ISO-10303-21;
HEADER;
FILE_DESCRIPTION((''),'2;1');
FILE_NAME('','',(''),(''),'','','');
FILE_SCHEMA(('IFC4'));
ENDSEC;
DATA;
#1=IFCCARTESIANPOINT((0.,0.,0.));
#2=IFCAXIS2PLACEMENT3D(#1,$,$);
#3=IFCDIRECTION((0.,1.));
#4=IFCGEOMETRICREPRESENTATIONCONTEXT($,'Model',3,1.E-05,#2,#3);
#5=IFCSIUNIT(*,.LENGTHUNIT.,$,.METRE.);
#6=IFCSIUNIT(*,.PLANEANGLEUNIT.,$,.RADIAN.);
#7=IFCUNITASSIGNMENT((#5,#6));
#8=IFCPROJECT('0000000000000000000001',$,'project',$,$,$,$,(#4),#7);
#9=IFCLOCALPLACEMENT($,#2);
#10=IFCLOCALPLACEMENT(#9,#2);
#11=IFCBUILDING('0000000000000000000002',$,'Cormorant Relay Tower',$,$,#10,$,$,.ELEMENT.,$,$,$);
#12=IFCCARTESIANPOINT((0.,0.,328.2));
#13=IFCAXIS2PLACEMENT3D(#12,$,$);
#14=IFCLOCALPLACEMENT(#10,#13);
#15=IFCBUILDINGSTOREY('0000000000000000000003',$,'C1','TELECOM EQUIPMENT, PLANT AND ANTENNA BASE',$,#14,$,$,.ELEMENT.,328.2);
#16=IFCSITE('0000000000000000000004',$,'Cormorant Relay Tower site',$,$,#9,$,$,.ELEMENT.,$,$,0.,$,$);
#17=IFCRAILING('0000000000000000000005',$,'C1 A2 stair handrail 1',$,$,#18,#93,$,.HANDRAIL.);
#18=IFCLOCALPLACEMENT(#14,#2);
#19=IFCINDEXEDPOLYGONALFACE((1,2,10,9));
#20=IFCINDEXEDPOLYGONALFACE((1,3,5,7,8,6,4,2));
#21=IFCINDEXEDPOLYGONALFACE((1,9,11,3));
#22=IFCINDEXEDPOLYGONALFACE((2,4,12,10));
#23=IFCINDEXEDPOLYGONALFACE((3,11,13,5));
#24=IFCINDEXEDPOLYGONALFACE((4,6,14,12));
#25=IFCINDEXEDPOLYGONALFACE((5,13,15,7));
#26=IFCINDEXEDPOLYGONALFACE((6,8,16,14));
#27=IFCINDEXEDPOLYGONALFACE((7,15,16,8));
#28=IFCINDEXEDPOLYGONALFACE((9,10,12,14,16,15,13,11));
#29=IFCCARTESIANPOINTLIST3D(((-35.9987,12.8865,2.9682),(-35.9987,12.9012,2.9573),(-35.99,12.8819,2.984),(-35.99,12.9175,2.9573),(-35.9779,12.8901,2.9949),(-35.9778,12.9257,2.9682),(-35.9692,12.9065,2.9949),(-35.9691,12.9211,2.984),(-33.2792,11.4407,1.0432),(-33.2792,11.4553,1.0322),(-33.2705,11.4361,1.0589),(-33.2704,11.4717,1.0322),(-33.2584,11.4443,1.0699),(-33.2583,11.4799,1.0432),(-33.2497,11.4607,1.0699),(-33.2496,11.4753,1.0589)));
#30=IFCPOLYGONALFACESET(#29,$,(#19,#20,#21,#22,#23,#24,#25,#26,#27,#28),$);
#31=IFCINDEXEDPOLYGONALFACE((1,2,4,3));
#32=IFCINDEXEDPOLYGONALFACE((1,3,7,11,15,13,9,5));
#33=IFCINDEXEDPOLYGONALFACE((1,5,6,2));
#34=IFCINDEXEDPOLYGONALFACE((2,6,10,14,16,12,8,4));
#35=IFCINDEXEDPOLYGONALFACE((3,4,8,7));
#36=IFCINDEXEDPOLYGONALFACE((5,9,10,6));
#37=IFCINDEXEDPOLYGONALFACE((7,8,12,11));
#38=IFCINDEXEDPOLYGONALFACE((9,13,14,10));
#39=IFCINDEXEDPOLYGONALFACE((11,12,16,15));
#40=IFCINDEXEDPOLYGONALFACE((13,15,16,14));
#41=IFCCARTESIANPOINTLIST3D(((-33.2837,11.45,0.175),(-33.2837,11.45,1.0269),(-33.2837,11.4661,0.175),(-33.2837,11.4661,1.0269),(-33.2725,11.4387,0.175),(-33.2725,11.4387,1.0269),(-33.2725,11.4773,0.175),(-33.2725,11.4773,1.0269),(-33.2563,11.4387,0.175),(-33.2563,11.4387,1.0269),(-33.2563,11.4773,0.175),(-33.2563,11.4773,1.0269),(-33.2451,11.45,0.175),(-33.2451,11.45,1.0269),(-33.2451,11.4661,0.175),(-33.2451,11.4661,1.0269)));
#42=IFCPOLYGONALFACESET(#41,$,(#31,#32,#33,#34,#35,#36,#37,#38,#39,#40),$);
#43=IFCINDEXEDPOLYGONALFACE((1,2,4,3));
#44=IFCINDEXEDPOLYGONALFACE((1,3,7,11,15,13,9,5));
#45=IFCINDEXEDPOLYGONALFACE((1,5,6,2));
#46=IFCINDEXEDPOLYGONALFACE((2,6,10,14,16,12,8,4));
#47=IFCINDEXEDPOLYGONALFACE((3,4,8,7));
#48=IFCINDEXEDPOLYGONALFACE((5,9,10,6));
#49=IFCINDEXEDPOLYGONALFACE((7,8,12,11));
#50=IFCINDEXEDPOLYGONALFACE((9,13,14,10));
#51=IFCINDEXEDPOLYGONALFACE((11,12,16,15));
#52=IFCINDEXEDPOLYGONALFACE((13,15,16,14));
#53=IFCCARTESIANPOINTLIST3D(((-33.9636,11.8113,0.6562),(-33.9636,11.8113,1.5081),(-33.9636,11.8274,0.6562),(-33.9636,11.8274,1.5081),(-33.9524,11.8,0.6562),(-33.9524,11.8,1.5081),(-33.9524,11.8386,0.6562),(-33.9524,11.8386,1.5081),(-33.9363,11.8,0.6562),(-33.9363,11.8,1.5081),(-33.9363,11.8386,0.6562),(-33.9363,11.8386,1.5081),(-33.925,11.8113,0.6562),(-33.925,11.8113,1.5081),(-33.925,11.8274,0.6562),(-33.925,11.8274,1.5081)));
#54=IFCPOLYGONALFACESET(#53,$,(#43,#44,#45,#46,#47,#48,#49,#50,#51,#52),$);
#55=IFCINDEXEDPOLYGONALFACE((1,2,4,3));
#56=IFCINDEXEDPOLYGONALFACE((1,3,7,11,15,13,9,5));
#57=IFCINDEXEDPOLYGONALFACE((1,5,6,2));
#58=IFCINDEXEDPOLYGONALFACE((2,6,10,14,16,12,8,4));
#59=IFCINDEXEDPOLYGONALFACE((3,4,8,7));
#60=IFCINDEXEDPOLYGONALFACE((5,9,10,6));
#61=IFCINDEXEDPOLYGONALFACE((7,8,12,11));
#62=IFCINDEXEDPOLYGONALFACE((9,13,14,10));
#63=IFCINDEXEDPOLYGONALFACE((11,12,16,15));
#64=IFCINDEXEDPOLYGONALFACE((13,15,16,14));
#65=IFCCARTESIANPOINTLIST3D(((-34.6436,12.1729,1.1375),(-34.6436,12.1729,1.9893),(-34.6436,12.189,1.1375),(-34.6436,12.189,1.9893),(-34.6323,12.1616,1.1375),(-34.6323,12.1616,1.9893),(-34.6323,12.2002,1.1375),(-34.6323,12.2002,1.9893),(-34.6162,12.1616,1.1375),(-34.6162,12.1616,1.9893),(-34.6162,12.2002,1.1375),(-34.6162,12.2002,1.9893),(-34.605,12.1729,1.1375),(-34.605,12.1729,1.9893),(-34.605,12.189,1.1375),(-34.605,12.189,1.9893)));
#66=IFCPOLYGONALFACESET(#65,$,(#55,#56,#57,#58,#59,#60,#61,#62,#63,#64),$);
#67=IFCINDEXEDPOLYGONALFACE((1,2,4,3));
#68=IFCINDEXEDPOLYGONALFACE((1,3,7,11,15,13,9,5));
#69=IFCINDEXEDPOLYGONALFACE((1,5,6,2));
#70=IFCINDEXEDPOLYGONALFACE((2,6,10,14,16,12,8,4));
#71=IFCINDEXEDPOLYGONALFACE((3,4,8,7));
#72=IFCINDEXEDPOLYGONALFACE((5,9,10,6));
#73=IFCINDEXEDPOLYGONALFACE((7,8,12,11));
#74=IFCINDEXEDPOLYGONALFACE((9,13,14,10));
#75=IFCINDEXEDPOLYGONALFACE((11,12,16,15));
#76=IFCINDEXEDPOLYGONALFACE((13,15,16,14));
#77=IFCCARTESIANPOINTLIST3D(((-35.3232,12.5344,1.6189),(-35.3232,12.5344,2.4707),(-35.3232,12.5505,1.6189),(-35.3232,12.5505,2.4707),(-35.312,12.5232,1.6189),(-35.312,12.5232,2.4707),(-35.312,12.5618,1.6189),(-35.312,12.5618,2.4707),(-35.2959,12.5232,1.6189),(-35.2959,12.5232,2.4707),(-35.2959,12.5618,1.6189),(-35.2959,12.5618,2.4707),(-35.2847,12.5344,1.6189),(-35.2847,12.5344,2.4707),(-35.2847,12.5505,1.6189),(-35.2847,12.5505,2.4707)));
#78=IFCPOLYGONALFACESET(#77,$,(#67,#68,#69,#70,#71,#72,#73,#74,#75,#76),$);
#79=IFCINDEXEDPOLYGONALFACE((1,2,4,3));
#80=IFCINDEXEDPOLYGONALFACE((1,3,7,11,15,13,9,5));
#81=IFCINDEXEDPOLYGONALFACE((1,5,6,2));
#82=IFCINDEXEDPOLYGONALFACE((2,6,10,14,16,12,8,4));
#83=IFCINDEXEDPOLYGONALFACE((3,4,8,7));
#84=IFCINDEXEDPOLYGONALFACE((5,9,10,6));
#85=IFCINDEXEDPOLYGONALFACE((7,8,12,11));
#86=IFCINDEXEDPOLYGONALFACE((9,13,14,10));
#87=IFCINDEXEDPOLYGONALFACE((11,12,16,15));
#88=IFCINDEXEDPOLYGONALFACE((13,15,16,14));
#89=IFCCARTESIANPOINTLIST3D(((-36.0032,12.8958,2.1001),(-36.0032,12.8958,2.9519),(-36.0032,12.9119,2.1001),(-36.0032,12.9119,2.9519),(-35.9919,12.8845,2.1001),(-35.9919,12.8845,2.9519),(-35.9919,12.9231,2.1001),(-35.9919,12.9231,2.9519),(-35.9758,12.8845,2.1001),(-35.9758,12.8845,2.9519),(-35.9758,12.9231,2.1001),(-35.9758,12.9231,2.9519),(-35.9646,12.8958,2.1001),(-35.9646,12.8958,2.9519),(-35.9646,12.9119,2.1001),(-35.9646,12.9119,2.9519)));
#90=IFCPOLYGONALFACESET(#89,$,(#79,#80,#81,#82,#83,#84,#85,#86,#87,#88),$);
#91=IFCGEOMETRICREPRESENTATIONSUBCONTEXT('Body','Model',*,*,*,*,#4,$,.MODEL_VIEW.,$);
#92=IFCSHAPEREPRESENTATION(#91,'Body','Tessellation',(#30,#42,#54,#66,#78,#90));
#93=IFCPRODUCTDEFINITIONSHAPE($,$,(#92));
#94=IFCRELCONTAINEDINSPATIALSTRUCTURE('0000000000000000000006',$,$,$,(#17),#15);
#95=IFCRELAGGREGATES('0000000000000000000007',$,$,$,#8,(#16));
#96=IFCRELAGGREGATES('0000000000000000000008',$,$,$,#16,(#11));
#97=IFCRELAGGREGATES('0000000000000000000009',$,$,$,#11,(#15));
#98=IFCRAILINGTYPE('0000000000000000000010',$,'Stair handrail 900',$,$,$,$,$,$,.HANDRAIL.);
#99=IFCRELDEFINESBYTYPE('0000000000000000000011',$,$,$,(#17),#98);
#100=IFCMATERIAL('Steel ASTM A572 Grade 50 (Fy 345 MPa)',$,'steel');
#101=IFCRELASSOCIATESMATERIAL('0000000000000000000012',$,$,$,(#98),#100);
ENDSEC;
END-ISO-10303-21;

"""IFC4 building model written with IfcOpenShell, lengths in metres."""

from ifc_helpers import new_model, si_unit, direction, frame, origin, place, context, subcontext, project, spatial, polyline, outline, extrude, material, type_object, element, save


model = new_model("IFC4")

# Units and contexts
model_context = context("Model", 3, precision=1e-05, world=origin(), true_north=direction((0.0, 1.0)))
body_context = subcontext(model_context, "Body", "Model", "MODEL_VIEW")
ifc_project = project(units=[si_unit("LENGTHUNIT", "METRE"), si_unit("PLANEANGLEUNIT", "RADIAN")], contexts=[model_context])

# Site, building, storey
site_placement = place(None, origin())
site = spatial("IfcSite", under=ifc_project, at=site_placement, Name="Cormorant Relay Tower site", CompositionType="ELEMENT", RefElevation=0.0)
building_placement = place(site_placement, origin())
building = spatial("IfcBuilding", under=site, at=building_placement, Name="Cormorant Relay Tower", CompositionType="ELEMENT")
storey_placement = place(building_placement, frame((0.0, 0.0, 328.2)))
storey = spatial("IfcBuildingStorey", under=building, at=storey_placement, Name="C1", Description="TELECOM EQUIPMENT, PLANT AND ANTENNA BASE", CompositionType="ELEMENT", Elevation=328.2)

# Railing
ifc_material_1 = material(Name="Steel ASTM A572 Grade 50 (Fy 345 MPa)", Category="steel")
railing_type_1 = type_object("IfcRailingType", Name="Stair handrail 900", PredefinedType="HANDRAIL", material=ifc_material_1)
railing_1_placement = place(storey_placement, frame((-33.2644, 11.458, 0.175)))
element("IfcRailing", 1, at=railing_1_placement, inside=storey, type_object=railing_type_1, Name="C1 A2 stair handrail 1", PredefinedType="HANDRAIL", context=body_context, shape_type="SweptSolid", body=[
    extrude(outline(polyline([(0.0222, 0.0093), (0.0093, 0.0222), (-0.0093, 0.0222), (-0.0222, 0.0093), (-0.0222, -0.0093), (-0.0093, -0.0222), (0.0093, -0.0222), (0.0222, -0.0093), (0.0222, 0.0093)])), frame((0.0, 0.0, 0.876), z_axis=(-0.748747, 0.398068, 0.530018), x_axis=(-0.469428, -0.882971, 0.0)), (0.0, 0.0, 1.0), 3.6321),
    extrude(outline(polyline([(0.0193, 0.0081), (0.0081, 0.0193), (-0.0081, 0.0193), (-0.0193, 0.0081), (-0.0193, -0.0081), (-0.0081, -0.0193), (0.0081, -0.0193), (0.0193, -0.0081), (0.0193, 0.0081)])), origin(), (0.0, 0.0, 1.0), 0.8518),
    extrude(outline(polyline([(0.0193, 0.0081), (0.0081, 0.0193), (-0.0081, 0.0193), (-0.0193, 0.0081), (-0.0193, -0.0081), (-0.0081, -0.0193), (0.0081, -0.0193), (0.0193, -0.0081), (0.0193, 0.0081)])), frame((-0.6799, 0.3613, 0.4812)), (0.0, 0.0, 1.0), 0.8518),
    extrude(outline(polyline([(0.0193, 0.0081), (0.0081, 0.0193), (-0.0081, 0.0193), (-0.0193, 0.0081), (-0.0193, -0.0081), (-0.0081, -0.0193), (0.0081, -0.0193), (0.0193, -0.0081), (0.0193, 0.0081)])), frame((-1.3599, 0.7229, 0.9624)), (0.0, 0.0, 1.0), 0.8518),
    extrude(outline(polyline([(0.0193, 0.0081), (0.0081, 0.0193), (-0.0081, 0.0193), (-0.0193, 0.0081), (-0.0193, -0.0081), (-0.0081, -0.0193), (0.0081, -0.0193), (0.0193, -0.0081), (0.0193, 0.0081)])), frame((-2.0396, 1.0845, 1.4438)), (0.0, 0.0, 1.0), 0.8518),
    extrude(outline(polyline([(0.0193, 0.0081), (0.0081, 0.0193), (-0.0081, 0.0193), (-0.0193, 0.0081), (-0.0193, -0.0081), (-0.0081, -0.0193), (0.0081, -0.0193), (0.0193, -0.0081), (0.0193, 0.0081)])), frame((-2.7195, 1.4458, 1.925)), (0.0, 0.0, 1.0), 0.8518),
])

save(model, "model.ifc")
